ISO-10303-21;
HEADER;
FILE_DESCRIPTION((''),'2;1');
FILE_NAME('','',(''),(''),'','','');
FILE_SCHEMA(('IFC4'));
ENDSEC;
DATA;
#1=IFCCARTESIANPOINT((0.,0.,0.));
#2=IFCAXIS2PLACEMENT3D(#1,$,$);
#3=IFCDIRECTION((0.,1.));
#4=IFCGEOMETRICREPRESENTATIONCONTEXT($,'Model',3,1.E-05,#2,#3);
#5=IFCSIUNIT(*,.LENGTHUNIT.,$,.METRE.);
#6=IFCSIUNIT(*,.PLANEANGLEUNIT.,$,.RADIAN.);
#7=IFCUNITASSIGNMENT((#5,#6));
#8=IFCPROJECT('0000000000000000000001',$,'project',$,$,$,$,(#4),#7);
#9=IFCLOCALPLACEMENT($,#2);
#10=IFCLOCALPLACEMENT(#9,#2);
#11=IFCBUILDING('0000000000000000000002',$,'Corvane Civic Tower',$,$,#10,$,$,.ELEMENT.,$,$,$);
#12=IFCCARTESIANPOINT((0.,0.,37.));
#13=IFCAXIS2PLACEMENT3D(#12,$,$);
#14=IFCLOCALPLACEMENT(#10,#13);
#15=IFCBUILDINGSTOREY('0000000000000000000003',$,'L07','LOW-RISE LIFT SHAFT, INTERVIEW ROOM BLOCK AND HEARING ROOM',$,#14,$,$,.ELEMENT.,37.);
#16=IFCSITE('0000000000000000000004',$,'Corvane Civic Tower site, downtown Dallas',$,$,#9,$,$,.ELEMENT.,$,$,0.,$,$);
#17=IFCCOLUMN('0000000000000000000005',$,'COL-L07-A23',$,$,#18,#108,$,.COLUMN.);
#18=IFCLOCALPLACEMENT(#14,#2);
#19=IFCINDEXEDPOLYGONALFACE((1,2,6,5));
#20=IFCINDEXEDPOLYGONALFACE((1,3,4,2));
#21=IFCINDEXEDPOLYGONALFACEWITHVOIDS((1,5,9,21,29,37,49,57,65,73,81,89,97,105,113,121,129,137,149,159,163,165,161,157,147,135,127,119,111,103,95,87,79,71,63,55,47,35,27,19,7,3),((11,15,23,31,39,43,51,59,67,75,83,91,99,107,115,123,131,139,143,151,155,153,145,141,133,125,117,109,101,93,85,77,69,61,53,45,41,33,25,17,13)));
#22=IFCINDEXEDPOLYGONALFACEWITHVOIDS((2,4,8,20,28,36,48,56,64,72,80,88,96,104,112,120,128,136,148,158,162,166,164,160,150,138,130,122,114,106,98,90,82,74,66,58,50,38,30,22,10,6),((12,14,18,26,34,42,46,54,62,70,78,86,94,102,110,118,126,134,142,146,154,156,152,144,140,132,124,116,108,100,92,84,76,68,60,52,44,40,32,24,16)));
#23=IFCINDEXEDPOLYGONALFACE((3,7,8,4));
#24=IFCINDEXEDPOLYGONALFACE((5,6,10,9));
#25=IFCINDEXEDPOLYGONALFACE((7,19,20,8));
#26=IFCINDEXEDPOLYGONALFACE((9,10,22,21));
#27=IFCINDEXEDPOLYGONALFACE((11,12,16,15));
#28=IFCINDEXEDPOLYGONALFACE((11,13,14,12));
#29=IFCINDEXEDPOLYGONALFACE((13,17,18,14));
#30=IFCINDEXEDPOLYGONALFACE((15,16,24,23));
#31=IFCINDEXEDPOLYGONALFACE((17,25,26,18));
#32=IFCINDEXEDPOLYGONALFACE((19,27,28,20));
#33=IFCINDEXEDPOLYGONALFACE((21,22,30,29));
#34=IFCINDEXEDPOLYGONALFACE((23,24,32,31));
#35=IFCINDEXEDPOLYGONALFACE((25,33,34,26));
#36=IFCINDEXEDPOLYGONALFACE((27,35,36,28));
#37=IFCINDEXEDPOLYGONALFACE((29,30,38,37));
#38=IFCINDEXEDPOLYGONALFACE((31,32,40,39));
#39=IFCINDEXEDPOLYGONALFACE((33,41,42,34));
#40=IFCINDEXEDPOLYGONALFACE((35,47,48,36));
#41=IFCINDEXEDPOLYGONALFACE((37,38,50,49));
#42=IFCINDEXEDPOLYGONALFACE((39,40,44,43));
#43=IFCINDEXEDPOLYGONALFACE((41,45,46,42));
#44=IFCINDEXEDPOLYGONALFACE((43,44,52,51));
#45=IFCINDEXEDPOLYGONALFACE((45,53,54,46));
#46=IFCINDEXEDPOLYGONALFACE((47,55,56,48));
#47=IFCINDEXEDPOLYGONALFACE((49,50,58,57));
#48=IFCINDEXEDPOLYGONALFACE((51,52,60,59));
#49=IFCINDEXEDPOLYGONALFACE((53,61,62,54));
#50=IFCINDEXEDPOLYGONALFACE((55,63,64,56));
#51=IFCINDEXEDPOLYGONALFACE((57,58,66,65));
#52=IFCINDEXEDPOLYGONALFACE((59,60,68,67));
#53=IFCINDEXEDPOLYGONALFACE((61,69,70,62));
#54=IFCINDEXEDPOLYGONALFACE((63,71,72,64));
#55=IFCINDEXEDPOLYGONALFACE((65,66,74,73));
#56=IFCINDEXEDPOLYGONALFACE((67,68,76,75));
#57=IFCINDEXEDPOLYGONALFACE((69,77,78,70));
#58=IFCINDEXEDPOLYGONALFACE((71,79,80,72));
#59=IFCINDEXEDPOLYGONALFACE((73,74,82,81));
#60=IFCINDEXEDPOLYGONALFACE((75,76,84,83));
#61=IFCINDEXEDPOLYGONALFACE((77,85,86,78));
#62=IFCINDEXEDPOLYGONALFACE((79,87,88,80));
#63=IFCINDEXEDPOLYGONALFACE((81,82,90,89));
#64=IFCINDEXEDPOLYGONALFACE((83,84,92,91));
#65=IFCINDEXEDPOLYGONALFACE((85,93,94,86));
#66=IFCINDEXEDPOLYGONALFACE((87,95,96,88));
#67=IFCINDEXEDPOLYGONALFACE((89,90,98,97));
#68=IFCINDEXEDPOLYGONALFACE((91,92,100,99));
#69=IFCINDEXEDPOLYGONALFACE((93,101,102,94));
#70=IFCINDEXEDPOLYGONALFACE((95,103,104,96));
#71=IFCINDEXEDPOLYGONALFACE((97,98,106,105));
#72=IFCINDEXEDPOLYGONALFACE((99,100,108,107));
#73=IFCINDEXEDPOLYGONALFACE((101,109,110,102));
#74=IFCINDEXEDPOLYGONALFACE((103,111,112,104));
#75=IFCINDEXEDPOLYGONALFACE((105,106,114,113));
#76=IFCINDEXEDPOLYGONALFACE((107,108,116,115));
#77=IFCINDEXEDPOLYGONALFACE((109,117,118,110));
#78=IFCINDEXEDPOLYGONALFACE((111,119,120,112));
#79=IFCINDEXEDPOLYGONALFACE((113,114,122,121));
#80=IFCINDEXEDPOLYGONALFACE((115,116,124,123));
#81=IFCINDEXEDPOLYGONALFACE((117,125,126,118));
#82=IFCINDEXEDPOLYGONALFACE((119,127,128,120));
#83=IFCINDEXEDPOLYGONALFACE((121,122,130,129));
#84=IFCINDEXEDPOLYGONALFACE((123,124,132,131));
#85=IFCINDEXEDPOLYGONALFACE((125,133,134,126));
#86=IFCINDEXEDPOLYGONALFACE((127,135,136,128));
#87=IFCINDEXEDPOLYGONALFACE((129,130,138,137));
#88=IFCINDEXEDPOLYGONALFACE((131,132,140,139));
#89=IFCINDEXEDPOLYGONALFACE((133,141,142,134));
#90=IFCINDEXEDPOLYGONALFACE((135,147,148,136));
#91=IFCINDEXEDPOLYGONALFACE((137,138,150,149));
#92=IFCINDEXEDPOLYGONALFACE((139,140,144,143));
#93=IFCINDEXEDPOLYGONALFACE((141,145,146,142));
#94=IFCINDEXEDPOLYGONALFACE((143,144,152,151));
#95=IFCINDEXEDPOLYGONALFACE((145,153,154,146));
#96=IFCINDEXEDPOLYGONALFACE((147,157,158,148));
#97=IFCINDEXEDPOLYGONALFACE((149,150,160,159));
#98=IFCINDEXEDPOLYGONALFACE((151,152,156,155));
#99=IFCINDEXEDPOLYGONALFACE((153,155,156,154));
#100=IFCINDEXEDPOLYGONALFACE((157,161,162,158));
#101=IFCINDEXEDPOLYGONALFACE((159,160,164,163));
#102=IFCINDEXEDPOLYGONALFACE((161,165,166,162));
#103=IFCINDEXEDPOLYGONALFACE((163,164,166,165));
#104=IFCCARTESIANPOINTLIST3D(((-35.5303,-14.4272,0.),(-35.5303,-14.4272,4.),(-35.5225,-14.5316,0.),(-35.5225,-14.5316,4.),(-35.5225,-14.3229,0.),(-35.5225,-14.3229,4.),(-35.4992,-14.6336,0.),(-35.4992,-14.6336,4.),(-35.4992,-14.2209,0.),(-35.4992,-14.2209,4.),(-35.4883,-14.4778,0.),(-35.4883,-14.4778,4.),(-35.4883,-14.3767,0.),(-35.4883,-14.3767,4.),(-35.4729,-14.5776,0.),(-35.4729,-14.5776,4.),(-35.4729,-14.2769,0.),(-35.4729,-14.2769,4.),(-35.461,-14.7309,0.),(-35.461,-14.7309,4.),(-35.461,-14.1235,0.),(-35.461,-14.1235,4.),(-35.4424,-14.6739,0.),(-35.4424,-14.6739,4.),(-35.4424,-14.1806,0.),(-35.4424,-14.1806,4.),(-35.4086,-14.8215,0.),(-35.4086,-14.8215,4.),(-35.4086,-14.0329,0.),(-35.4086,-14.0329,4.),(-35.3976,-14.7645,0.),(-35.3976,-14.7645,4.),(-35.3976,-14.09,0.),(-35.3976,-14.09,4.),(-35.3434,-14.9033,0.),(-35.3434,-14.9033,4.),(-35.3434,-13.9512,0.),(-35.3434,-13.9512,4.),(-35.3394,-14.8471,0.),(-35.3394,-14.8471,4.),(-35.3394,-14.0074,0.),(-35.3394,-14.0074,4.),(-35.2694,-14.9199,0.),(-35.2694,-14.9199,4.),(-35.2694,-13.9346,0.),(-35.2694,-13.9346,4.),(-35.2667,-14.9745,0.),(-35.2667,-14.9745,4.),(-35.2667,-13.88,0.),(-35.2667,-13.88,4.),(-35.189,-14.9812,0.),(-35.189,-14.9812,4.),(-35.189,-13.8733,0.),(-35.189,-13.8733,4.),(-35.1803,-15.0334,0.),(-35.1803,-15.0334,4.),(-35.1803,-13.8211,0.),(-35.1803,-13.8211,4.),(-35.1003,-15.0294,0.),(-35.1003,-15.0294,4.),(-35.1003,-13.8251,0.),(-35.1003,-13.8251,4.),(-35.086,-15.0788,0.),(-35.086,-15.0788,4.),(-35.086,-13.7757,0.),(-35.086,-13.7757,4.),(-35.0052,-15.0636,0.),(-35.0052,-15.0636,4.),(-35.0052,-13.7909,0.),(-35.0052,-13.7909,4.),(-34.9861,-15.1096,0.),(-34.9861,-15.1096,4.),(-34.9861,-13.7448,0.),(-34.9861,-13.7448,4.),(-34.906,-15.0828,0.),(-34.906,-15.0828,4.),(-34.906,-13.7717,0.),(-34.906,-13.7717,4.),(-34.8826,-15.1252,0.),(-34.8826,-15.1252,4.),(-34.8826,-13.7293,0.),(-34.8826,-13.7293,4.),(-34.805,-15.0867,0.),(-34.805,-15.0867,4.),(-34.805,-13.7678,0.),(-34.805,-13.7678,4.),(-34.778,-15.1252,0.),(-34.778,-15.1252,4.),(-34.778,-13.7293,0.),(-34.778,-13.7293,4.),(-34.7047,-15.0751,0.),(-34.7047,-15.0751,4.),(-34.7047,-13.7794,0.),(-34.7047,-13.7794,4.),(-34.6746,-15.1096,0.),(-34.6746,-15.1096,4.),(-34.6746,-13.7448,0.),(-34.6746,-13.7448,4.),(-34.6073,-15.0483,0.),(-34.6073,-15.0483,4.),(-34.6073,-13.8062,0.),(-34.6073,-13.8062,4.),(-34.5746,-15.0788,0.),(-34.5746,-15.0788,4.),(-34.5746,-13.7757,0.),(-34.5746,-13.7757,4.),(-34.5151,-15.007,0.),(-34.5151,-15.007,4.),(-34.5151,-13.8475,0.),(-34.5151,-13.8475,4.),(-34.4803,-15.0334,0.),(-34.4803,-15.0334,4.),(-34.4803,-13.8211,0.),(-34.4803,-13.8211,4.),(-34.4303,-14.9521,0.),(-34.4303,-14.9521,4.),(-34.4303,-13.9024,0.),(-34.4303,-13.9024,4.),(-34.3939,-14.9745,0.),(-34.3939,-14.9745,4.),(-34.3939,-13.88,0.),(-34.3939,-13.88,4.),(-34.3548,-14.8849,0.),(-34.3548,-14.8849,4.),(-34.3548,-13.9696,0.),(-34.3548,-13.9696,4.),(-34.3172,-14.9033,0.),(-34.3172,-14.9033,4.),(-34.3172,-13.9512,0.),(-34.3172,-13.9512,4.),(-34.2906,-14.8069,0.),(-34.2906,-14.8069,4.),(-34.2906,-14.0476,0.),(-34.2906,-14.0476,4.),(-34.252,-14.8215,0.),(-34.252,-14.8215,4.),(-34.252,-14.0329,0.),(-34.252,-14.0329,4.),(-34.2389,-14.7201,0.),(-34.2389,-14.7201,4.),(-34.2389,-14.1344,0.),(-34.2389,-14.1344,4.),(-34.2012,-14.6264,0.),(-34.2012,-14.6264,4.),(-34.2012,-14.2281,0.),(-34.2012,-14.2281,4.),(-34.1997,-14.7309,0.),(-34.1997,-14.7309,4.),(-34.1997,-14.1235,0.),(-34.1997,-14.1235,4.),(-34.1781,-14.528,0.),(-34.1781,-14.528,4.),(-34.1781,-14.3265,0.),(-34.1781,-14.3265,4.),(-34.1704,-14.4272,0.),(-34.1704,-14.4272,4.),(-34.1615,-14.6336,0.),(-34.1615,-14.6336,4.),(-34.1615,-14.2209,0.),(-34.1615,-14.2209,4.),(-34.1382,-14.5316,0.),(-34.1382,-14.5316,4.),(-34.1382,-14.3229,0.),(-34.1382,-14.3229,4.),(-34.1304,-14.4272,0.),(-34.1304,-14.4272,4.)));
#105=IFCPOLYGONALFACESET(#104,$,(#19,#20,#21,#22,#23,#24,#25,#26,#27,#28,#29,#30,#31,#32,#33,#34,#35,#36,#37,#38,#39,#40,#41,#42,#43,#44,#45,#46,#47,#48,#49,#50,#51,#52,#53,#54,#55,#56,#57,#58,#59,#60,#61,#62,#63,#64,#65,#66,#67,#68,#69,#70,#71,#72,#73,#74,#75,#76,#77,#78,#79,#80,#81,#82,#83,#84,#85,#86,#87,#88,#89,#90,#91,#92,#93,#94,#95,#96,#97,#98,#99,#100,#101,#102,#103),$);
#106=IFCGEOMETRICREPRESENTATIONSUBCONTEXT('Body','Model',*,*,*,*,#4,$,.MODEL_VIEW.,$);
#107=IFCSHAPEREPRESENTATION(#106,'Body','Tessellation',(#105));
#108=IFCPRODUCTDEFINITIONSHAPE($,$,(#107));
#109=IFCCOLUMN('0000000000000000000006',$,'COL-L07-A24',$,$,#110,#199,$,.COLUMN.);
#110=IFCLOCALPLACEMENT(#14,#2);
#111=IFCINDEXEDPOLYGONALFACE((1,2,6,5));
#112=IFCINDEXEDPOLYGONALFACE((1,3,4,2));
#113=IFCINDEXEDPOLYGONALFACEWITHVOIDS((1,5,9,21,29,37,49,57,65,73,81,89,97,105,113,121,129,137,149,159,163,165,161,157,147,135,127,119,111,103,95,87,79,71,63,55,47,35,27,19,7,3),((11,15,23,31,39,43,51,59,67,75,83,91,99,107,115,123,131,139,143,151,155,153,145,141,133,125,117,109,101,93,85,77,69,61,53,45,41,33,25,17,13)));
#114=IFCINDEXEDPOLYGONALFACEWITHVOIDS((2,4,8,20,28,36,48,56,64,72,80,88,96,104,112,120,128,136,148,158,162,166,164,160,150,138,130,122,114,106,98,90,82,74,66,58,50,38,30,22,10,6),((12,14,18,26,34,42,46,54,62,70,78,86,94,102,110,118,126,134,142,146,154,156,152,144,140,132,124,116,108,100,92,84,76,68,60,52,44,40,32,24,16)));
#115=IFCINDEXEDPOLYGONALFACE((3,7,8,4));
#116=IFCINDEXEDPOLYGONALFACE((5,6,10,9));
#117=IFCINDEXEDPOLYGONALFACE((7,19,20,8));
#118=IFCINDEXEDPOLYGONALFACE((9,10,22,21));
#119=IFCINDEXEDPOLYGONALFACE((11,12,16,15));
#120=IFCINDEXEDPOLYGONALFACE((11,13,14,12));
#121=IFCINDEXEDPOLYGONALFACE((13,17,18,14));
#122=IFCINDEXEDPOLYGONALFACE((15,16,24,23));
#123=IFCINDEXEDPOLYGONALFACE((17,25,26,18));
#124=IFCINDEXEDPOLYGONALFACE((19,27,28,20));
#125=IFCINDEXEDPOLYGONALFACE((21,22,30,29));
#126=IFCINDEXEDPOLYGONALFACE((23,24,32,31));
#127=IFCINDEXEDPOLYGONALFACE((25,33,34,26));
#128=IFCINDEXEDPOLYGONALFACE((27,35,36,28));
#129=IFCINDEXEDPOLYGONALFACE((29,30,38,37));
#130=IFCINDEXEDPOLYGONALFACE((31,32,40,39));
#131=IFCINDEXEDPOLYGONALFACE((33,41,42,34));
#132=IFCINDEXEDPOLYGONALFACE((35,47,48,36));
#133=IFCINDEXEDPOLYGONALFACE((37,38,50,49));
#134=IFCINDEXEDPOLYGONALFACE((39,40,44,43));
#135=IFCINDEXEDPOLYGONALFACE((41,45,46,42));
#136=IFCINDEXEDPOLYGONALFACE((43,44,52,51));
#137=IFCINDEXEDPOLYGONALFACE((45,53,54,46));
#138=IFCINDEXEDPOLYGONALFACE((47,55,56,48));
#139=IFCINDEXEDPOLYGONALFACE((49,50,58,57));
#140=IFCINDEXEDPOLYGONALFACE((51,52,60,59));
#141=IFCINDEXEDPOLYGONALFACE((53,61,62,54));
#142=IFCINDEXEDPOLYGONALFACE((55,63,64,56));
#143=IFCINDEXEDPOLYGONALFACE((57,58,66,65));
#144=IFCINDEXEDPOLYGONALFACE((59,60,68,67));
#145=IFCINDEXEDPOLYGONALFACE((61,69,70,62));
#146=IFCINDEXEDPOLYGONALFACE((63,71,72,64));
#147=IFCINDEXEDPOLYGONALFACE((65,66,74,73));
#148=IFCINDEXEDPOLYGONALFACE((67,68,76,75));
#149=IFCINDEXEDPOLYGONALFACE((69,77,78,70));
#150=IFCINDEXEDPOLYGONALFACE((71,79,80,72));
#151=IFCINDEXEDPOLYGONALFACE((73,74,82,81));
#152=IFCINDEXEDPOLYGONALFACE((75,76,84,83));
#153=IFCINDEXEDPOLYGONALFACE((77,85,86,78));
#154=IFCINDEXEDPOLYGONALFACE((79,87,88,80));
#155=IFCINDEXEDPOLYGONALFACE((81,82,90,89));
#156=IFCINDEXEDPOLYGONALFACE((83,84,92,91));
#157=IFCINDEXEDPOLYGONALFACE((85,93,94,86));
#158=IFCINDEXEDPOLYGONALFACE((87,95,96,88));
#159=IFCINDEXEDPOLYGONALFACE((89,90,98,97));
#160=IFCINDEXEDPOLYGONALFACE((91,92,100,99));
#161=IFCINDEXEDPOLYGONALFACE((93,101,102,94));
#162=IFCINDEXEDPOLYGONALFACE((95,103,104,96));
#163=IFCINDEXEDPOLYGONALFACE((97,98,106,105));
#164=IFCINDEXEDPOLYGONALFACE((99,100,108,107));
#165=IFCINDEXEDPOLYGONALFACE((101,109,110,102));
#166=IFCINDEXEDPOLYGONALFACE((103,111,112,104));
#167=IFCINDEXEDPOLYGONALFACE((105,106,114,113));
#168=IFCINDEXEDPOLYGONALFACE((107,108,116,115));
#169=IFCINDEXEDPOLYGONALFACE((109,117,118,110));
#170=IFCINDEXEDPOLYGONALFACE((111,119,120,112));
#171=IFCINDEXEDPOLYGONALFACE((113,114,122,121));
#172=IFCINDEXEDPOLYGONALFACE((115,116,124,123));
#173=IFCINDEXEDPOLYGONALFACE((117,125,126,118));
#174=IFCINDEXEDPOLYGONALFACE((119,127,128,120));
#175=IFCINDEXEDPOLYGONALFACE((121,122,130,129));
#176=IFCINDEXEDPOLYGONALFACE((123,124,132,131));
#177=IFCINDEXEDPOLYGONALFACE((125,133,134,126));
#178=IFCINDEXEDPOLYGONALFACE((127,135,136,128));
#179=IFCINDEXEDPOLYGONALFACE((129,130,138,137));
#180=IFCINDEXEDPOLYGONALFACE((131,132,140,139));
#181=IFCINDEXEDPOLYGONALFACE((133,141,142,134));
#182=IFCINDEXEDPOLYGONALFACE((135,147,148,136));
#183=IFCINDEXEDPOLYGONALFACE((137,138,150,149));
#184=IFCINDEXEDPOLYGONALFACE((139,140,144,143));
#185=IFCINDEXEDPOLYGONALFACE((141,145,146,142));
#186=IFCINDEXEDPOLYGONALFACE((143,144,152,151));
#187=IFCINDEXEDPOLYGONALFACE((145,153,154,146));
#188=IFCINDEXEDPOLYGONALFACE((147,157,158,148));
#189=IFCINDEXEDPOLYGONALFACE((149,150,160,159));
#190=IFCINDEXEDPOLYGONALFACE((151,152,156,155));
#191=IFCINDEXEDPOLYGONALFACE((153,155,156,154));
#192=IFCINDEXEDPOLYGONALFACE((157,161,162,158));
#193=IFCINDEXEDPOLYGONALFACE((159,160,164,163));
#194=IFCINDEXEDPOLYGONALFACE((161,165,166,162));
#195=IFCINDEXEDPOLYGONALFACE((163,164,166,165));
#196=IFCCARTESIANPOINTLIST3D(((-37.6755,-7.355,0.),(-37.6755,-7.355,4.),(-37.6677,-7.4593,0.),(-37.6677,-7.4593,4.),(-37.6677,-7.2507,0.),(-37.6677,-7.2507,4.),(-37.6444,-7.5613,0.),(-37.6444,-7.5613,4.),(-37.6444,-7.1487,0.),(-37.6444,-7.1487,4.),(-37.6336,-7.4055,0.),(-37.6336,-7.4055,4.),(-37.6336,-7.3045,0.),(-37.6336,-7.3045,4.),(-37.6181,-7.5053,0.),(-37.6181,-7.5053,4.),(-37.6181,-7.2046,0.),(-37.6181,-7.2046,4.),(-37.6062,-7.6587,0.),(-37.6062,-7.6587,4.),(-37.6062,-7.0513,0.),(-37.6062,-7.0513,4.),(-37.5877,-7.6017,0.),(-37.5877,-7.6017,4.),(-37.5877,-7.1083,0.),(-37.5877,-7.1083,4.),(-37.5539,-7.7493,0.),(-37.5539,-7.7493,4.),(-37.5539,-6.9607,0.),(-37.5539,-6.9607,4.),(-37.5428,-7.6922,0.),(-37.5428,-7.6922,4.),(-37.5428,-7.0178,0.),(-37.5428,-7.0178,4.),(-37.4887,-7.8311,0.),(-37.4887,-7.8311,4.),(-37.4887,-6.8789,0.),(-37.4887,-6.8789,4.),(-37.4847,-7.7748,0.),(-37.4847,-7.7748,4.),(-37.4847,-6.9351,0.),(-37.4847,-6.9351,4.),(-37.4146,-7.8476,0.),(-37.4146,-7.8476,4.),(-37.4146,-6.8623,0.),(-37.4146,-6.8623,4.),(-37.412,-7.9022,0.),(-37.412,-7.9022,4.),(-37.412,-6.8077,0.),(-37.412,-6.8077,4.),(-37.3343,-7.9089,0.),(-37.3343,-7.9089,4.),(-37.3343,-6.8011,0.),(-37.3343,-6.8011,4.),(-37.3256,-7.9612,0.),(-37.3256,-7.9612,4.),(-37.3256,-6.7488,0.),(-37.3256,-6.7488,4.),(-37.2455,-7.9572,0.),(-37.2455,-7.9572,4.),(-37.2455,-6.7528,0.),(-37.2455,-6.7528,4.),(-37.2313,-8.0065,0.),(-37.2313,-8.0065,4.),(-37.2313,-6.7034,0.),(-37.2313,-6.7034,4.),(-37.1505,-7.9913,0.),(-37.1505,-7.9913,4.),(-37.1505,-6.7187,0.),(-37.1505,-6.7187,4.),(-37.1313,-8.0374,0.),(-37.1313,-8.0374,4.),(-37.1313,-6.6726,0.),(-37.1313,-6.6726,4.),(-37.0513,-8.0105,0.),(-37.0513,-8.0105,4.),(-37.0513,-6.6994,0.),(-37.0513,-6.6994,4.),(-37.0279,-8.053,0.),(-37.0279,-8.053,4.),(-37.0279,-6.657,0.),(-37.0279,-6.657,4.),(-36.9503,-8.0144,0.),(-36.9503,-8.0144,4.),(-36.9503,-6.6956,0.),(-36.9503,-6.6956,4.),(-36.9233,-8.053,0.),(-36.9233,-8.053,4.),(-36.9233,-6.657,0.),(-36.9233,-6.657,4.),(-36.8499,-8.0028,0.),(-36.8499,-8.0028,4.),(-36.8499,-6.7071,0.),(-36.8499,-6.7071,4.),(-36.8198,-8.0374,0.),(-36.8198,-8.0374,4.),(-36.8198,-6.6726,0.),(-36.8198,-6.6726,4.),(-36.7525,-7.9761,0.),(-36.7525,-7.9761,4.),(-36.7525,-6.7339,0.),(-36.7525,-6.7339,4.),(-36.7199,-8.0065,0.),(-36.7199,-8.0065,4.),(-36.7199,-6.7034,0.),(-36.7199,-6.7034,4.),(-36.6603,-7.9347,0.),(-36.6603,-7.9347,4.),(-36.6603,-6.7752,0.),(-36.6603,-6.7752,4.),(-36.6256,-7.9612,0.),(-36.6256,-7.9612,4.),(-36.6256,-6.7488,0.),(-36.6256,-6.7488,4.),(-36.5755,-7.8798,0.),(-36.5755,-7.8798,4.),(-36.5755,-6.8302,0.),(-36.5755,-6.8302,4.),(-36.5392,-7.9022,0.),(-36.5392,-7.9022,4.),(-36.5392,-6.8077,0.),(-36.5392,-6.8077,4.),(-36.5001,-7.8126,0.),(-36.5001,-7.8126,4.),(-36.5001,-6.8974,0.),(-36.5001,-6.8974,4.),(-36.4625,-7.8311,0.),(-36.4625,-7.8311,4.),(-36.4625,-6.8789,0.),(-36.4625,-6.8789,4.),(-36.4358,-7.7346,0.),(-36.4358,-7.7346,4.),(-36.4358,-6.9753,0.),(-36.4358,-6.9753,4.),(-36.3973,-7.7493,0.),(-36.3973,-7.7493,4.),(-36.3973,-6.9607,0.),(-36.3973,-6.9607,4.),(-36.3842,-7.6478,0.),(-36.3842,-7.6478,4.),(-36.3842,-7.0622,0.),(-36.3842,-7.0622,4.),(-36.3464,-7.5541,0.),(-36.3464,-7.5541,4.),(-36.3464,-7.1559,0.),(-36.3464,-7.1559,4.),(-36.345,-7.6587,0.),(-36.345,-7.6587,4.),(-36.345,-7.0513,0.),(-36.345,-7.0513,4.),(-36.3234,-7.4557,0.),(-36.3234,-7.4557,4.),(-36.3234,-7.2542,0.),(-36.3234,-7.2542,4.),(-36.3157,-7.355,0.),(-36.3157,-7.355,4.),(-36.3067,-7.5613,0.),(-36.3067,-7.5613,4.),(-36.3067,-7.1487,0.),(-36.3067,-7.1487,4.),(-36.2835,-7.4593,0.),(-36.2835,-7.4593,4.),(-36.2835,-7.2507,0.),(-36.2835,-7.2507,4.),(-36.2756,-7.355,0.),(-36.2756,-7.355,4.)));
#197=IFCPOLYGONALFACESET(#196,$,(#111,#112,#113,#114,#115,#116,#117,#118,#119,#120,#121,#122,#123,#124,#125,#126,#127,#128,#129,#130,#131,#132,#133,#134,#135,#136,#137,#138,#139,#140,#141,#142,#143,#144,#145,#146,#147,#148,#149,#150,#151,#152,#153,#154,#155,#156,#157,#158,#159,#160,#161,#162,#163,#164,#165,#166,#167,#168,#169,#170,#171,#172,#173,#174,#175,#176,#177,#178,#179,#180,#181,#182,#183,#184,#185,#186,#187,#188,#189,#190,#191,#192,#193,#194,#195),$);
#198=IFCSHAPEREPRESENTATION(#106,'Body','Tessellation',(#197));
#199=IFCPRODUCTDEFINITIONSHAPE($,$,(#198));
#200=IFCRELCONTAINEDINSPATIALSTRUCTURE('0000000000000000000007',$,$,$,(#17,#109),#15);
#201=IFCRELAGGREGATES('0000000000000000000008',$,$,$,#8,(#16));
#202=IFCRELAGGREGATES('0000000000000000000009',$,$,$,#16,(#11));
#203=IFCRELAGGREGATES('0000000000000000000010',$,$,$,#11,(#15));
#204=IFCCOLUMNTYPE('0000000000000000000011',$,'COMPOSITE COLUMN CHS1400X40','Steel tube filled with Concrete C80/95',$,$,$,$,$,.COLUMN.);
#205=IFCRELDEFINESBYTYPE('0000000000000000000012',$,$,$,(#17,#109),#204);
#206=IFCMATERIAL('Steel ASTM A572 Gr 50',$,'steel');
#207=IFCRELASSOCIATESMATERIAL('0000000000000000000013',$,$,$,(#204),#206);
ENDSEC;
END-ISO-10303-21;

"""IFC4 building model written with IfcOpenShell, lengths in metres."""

from ifc_helpers import new_model, si_unit, direction, frame, origin, origin_2d, place, context, subcontext, project, spatial, hollow_circle, extrude, material, material_profile, profile_set, type_object, element, save


model = new_model("IFC4")

# Units and contexts
model_context = context("Model", 3, precision=1e-05, world=origin(), true_north=direction((0.0, 1.0)))
body_context = subcontext(model_context, "Body", "Model", "MODEL_VIEW")
ifc_project = project(units=[si_unit("LENGTHUNIT", "METRE"), si_unit("PLANEANGLEUNIT", "RADIAN")], contexts=[model_context])

# Site, building, storey
site_placement = place(None, origin())
site = spatial("IfcSite", under=ifc_project, at=site_placement, Name="Corvane Civic Tower site, downtown Dallas", CompositionType="ELEMENT", RefElevation=0.0)
building_placement = place(site_placement, origin())
building = spatial("IfcBuilding", under=site, at=building_placement, Name="Corvane Civic Tower", CompositionType="ELEMENT")
storey_placement = place(building_placement, frame((0.0, 0.0, 37.0)))
storey = spatial("IfcBuildingStorey", under=building, at=storey_placement, Name="L07", Description="LOW-RISE LIFT SHAFT, INTERVIEW ROOM BLOCK AND HEARING ROOM", CompositionType="ELEMENT", Elevation=37.0)

# Columns
ifc_material_1 = material(Name="Steel ASTM A572 Gr 50", Category="steel")
ifc_material_profile_1 = material_profile(ifc_material_1, hollow_circle(Radius=0.7, WallThickness=0.04, at=origin_2d()), Name="CHS1400X40")
ifc_profile_set_1 = profile_set([ifc_material_profile_1], Name="Steel ASTM A572 Gr 50")
column_type = type_object("IfcColumnType", Name="COMPOSITE COLUMN CHS1400X40", Description="Steel tube filled with Concrete C80/95", PredefinedType="COLUMN", material=ifc_profile_set_1)
for number, where, z_axis, x_axis, name in (
    (1, (-34.8303, -14.4272, 0.0), (0.0, 0.0, 1.0), (1.0, 0.0, 0.0), "COL-L07-A23"),
    (2, (-36.9756, -7.355, 0.0), (0.0, 0.0, 1.0), (1.0, 0.0, 0.0), "COL-L07-A24"),
):
    element("IfcColumn", number, at=place(storey_placement, frame(where, z_axis=z_axis, x_axis=x_axis)), inside=storey, type_object=column_type, Name=name, PredefinedType="COLUMN", context=body_context, shape_type="SweptSolid", body=[
        extrude(hollow_circle(Radius=0.7, WallThickness=0.04, at=origin_2d()), origin(), (0.0, 0.0, 1.0), 4.0),
    ])

save(model, "model.ifc")
